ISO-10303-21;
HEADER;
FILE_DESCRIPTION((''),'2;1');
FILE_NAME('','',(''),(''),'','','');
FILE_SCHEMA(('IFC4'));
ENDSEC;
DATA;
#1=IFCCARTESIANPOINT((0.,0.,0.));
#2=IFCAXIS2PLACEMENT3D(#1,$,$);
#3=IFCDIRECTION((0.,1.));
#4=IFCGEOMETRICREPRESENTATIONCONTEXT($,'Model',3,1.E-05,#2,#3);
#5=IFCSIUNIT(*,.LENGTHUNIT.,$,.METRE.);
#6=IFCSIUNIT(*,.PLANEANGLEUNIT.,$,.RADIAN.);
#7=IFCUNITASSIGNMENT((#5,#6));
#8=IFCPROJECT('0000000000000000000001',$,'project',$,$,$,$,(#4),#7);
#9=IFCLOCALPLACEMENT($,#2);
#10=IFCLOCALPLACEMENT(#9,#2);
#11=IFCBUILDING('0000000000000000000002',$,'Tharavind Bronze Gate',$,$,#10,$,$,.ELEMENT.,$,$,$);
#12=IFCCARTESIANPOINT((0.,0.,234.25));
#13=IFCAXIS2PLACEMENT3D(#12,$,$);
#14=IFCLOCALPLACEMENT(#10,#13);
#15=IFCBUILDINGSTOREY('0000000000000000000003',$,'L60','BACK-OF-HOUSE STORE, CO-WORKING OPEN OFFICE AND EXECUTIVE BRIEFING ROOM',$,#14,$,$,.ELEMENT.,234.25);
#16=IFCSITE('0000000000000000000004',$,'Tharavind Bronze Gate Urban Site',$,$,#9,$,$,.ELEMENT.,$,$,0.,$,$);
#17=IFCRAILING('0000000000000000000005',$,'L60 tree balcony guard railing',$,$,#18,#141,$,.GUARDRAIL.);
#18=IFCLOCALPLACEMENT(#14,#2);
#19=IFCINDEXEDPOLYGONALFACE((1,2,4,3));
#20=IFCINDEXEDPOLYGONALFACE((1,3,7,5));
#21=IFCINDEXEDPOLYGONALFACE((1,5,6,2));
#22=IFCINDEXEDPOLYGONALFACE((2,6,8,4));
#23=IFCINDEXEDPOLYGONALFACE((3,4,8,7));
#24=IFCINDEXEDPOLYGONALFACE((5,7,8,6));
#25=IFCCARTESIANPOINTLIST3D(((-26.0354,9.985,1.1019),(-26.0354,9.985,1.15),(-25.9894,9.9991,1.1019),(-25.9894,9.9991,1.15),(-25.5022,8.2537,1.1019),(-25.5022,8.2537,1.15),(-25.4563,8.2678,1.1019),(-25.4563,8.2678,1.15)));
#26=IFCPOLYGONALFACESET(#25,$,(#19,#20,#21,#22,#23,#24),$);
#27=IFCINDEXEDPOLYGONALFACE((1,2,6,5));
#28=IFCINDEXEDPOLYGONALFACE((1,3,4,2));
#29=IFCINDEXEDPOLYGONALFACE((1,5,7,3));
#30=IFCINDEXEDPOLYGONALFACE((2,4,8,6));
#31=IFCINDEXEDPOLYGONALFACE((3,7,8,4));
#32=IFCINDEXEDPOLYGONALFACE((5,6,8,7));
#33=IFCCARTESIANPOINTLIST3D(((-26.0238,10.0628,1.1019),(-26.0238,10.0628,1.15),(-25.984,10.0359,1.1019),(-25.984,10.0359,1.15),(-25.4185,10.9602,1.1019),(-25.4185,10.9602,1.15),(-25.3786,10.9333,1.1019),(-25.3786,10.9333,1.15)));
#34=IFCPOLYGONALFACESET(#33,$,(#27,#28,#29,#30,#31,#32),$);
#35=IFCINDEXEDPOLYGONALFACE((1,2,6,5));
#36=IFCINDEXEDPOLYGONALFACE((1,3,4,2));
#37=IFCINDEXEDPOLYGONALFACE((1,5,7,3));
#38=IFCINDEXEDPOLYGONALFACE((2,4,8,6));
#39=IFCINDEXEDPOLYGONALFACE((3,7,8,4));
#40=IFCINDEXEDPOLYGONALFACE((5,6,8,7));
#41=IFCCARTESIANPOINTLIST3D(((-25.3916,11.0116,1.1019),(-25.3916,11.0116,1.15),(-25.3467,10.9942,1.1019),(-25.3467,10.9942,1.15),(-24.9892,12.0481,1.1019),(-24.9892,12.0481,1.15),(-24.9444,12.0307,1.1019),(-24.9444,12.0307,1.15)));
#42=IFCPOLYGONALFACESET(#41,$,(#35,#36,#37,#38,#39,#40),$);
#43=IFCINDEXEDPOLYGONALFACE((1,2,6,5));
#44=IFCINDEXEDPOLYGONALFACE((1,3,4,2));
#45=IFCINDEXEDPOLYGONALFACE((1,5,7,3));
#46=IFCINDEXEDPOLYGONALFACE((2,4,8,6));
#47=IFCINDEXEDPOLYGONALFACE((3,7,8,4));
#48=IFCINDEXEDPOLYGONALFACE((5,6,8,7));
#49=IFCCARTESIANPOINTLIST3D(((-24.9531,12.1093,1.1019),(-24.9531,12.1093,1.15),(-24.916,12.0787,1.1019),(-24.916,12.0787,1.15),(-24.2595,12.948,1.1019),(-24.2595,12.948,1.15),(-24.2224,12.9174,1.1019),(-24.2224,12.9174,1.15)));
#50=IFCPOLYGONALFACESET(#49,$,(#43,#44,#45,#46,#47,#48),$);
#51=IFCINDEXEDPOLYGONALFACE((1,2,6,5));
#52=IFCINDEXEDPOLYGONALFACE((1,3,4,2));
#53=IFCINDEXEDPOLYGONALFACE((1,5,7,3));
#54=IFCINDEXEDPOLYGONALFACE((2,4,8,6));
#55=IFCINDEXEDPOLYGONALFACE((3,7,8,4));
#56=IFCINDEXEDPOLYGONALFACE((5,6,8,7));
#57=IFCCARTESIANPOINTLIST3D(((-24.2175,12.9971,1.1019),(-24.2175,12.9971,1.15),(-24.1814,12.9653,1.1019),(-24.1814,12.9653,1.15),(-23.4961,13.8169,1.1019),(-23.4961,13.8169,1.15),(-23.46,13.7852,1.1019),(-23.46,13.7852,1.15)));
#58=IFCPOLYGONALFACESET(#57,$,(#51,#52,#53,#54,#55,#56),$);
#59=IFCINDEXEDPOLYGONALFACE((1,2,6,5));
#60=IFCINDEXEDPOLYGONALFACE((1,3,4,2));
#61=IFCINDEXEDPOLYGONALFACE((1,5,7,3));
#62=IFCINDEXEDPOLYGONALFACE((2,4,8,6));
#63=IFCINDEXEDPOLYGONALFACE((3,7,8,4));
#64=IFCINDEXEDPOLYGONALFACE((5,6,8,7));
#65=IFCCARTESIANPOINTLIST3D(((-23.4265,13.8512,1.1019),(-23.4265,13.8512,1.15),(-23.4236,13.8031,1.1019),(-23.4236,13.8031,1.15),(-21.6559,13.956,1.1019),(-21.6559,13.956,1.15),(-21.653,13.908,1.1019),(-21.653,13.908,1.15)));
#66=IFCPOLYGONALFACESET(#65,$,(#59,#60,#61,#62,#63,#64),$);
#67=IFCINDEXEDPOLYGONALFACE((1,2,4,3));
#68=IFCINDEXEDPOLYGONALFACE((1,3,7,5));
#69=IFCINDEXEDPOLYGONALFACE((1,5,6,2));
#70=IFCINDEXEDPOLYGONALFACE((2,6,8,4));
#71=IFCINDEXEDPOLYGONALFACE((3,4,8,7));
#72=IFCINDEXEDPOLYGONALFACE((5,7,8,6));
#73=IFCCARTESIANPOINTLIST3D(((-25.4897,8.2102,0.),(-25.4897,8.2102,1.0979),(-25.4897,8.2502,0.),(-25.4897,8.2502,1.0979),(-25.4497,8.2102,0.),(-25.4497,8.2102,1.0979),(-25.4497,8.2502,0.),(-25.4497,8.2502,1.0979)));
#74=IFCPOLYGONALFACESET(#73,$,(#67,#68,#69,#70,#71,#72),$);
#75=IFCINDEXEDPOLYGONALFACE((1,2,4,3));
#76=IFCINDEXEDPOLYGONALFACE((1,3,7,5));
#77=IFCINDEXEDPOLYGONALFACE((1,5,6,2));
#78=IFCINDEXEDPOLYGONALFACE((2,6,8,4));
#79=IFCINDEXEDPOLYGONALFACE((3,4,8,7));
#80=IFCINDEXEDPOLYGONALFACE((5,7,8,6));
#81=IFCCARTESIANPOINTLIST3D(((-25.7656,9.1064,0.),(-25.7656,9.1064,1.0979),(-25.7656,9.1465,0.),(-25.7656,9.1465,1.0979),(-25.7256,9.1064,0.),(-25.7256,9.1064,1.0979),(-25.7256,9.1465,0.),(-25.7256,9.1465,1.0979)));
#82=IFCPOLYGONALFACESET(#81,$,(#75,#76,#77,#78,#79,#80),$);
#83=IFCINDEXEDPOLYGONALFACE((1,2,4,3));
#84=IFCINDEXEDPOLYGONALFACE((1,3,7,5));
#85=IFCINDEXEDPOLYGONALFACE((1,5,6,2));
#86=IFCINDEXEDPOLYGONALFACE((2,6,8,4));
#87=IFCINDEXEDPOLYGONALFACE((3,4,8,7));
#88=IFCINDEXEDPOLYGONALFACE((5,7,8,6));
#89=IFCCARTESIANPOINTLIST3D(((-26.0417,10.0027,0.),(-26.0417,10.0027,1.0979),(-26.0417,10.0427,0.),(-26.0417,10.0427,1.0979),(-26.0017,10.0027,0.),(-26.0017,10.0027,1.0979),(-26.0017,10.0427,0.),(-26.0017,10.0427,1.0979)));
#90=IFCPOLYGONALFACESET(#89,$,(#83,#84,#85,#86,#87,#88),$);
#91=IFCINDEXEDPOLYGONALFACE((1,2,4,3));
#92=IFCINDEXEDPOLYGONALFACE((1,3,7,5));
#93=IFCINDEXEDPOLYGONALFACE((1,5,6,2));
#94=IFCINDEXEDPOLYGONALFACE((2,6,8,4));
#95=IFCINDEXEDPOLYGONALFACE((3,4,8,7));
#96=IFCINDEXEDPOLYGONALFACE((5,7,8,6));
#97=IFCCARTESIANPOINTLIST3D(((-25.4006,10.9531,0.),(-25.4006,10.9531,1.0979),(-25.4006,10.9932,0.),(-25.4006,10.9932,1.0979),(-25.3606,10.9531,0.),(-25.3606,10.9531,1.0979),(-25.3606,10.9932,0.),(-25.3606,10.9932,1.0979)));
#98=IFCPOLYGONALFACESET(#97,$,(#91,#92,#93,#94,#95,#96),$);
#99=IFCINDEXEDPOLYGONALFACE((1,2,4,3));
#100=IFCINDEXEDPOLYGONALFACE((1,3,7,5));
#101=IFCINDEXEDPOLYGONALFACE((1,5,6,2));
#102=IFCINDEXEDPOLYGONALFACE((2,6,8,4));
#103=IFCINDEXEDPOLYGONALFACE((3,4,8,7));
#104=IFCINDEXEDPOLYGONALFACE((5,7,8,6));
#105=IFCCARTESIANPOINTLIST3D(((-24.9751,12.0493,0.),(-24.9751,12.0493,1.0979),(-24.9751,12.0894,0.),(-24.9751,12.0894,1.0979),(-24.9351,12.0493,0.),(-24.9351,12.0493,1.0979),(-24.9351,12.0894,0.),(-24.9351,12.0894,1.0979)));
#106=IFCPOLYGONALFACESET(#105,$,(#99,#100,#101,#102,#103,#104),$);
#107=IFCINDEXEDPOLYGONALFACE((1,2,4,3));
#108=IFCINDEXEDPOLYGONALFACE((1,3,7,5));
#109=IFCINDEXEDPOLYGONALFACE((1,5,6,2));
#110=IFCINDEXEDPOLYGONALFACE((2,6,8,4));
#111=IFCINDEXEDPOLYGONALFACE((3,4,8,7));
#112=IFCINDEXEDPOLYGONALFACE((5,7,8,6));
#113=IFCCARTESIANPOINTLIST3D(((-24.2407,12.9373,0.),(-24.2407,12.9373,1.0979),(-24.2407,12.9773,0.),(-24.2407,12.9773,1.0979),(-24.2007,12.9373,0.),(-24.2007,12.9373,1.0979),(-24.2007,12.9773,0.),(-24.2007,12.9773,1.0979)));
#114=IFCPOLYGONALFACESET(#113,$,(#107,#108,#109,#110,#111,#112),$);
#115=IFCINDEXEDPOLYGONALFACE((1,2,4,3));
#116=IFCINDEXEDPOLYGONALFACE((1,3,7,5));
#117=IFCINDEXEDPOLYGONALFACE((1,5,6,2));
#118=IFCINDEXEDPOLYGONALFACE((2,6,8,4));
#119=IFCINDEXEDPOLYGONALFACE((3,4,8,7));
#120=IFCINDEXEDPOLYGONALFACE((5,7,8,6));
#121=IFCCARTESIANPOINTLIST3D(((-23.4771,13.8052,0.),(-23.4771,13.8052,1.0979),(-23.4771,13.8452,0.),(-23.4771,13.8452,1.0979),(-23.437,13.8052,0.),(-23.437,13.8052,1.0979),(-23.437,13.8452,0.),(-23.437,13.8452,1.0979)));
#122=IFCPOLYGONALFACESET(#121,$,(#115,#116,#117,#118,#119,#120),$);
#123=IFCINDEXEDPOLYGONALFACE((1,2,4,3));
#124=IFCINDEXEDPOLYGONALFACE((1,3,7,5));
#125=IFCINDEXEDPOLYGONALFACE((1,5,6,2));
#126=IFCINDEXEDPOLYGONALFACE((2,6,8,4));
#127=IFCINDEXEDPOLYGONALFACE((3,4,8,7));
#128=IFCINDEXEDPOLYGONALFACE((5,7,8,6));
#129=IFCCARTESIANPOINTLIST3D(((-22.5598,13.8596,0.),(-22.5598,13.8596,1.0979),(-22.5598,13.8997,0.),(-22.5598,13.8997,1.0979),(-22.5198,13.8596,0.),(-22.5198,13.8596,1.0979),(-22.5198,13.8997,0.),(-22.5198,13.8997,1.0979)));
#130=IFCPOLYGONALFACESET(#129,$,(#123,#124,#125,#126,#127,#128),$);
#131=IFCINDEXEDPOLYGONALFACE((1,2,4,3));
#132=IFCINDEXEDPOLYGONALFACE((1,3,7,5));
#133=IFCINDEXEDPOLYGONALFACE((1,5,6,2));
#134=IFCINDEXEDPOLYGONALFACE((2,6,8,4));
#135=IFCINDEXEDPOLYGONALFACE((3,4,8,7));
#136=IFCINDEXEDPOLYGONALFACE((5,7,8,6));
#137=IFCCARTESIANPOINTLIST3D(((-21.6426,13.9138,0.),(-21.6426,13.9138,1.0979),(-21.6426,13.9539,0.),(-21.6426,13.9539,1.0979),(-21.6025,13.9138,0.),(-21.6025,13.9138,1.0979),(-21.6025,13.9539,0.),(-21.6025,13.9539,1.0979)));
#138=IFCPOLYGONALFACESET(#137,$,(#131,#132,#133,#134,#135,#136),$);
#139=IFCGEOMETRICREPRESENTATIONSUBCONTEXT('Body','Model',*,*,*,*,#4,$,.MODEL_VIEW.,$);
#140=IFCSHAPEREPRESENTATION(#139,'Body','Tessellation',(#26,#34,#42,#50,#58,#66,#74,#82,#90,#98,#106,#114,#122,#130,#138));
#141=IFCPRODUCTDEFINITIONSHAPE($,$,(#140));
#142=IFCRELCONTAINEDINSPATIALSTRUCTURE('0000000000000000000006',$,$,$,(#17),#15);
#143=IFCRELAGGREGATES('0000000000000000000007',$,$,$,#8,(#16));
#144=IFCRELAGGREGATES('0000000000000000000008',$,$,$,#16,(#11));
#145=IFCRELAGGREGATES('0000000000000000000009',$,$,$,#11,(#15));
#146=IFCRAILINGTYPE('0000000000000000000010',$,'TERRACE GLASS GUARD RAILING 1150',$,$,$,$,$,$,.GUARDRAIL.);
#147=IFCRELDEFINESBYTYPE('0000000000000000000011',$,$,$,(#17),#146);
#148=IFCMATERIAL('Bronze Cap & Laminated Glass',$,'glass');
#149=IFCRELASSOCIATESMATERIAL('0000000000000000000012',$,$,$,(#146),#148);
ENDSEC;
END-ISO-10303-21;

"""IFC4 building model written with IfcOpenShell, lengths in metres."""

from ifc_helpers import new_model, si_unit, direction, frame, origin, origin_2d, place, context, subcontext, project, spatial, rectangle, extrude, material, type_object, element, save


model = new_model("IFC4")

# Units and contexts
model_context = context("Model", 3, precision=1e-05, world=origin(), true_north=direction((0.0, 1.0)))
body_context = subcontext(model_context, "Body", "Model", "MODEL_VIEW")
ifc_project = project(units=[si_unit("LENGTHUNIT", "METRE"), si_unit("PLANEANGLEUNIT", "RADIAN")], contexts=[model_context])

# Site, building, storey
site_placement = place(None, origin())
site = spatial("IfcSite", under=ifc_project, at=site_placement, Name="Tharavind Bronze Gate Urban Site", CompositionType="ELEMENT", RefElevation=0.0)
building_placement = place(site_placement, origin())
building = spatial("IfcBuilding", under=site, at=building_placement, Name="Tharavind Bronze Gate", CompositionType="ELEMENT")
storey_placement = place(building_placement, frame((0.0, 0.0, 234.25)))
storey = spatial("IfcBuildingStorey", under=building, at=storey_placement, Name="L60", Description="BACK-OF-HOUSE STORE, CO-WORKING OPEN OFFICE AND EXECUTIVE BRIEFING ROOM", CompositionType="ELEMENT", Elevation=234.25)

# Railing
ifc_material_1 = material(Name="Bronze Cap & Laminated Glass", Category="glass")
railing_type = type_object("IfcRailingType", Name="TERRACE GLASS GUARD RAILING 1150", PredefinedType="GUARDRAIL", material=ifc_material_1)
railing_placement = place(storey_placement, frame((-25.4697, 8.2302, 0.0)))
element("IfcRailing", 1, at=railing_placement, inside=storey, type_object=railing_type, Name="L60 tree balcony guard railing", PredefinedType="GUARDRAIL", context=body_context, shape_type="SweptSolid", body=[
    extrude(rectangle(XDim=0.0481, YDim=0.0481, at=origin_2d()), frame((-0.0095, 0.0305, 1.126), z_axis=(-0.294315, 0.955709, 0.0), x_axis=(-0.955709, -0.294315, 0.0)), (0.0, 0.0, 1.0), 1.8115),
    extrude(rectangle(XDim=0.0481, YDim=0.0481, at=origin_2d()), frame((-0.5342, 1.8191, 1.126), z_axis=(0.559213, 0.829024, 0.0), x_axis=(-0.829024, 0.559213, 0.0)), (0.0, 0.0, 1.0), 1.0825),
    extrude(rectangle(XDim=0.0481, YDim=0.0481, at=origin_2d()), frame((0.1006, 2.7727, 1.126), z_axis=(0.361885, 0.932223, 0.0), x_axis=(-0.932223, 0.361885, 0.0)), (0.0, 0.0, 1.0), 1.1118),
    extrude(rectangle(XDim=0.0481, YDim=0.0481, at=origin_2d()), frame((0.5352, 3.8638, 1.126), z_axis=(0.637325, 0.770595, 0.0), x_axis=(-0.770595, 0.637325, 0.0)), (0.0, 0.0, 1.0), 1.0884),
    extrude(rectangle(XDim=0.0481, YDim=0.0481, at=origin_2d()), frame((1.2703, 4.751, 1.126), z_axis=(0.66058, 0.750755, 0.0), x_axis=(-0.750755, 0.66058, 0.0)), (0.0, 0.0, 1.0), 1.092),
    extrude(rectangle(XDim=0.0481, YDim=0.0481, at=origin_2d()), frame((2.0447, 5.5969, 1.126), z_axis=(0.998251, 0.059119, 0.0), x_axis=(-0.059119, 0.998251, 0.0)), (0.0, 0.0, 1.0), 1.7737),
    extrude(rectangle(XDim=0.04, YDim=0.04, at=origin_2d()), origin(), (0.0, 0.0, 1.0), 1.0979),
    extrude(rectangle(XDim=0.04, YDim=0.04, at=origin_2d()), frame((-0.2759, 0.8962, 0.0)), (0.0, 0.0, 1.0), 1.0979),
    extrude(rectangle(XDim=0.04, YDim=0.04, at=origin_2d()), frame((-0.552, 1.7925, 0.0)), (0.0, 0.0, 1.0), 1.0979),
    extrude(rectangle(XDim=0.04, YDim=0.04, at=origin_2d()), frame((0.0891, 2.7429, 0.0)), (0.0, 0.0, 1.0), 1.0979),
    extrude(rectangle(XDim=0.04, YDim=0.04, at=origin_2d()), frame((0.5146, 3.8391, 0.0)), (0.0, 0.0, 1.0), 1.0979),
    extrude(rectangle(XDim=0.04, YDim=0.04, at=origin_2d()), frame((1.249, 4.7271, 0.0)), (0.0, 0.0, 1.0), 1.0979),
    extrude(rectangle(XDim=0.04, YDim=0.04, at=origin_2d()), frame((2.0127, 5.595, 0.0)), (0.0, 0.0, 1.0), 1.0979),
    extrude(rectangle(XDim=0.04, YDim=0.04, at=origin_2d()), frame((2.9299, 5.6494, 0.0)), (0.0, 0.0, 1.0), 1.0979),
    extrude(rectangle(XDim=0.04, YDim=0.04, at=origin_2d()), frame((3.8472, 5.7036, 0.0)), (0.0, 0.0, 1.0), 1.0979),
])

save(model, "model.ifc")
